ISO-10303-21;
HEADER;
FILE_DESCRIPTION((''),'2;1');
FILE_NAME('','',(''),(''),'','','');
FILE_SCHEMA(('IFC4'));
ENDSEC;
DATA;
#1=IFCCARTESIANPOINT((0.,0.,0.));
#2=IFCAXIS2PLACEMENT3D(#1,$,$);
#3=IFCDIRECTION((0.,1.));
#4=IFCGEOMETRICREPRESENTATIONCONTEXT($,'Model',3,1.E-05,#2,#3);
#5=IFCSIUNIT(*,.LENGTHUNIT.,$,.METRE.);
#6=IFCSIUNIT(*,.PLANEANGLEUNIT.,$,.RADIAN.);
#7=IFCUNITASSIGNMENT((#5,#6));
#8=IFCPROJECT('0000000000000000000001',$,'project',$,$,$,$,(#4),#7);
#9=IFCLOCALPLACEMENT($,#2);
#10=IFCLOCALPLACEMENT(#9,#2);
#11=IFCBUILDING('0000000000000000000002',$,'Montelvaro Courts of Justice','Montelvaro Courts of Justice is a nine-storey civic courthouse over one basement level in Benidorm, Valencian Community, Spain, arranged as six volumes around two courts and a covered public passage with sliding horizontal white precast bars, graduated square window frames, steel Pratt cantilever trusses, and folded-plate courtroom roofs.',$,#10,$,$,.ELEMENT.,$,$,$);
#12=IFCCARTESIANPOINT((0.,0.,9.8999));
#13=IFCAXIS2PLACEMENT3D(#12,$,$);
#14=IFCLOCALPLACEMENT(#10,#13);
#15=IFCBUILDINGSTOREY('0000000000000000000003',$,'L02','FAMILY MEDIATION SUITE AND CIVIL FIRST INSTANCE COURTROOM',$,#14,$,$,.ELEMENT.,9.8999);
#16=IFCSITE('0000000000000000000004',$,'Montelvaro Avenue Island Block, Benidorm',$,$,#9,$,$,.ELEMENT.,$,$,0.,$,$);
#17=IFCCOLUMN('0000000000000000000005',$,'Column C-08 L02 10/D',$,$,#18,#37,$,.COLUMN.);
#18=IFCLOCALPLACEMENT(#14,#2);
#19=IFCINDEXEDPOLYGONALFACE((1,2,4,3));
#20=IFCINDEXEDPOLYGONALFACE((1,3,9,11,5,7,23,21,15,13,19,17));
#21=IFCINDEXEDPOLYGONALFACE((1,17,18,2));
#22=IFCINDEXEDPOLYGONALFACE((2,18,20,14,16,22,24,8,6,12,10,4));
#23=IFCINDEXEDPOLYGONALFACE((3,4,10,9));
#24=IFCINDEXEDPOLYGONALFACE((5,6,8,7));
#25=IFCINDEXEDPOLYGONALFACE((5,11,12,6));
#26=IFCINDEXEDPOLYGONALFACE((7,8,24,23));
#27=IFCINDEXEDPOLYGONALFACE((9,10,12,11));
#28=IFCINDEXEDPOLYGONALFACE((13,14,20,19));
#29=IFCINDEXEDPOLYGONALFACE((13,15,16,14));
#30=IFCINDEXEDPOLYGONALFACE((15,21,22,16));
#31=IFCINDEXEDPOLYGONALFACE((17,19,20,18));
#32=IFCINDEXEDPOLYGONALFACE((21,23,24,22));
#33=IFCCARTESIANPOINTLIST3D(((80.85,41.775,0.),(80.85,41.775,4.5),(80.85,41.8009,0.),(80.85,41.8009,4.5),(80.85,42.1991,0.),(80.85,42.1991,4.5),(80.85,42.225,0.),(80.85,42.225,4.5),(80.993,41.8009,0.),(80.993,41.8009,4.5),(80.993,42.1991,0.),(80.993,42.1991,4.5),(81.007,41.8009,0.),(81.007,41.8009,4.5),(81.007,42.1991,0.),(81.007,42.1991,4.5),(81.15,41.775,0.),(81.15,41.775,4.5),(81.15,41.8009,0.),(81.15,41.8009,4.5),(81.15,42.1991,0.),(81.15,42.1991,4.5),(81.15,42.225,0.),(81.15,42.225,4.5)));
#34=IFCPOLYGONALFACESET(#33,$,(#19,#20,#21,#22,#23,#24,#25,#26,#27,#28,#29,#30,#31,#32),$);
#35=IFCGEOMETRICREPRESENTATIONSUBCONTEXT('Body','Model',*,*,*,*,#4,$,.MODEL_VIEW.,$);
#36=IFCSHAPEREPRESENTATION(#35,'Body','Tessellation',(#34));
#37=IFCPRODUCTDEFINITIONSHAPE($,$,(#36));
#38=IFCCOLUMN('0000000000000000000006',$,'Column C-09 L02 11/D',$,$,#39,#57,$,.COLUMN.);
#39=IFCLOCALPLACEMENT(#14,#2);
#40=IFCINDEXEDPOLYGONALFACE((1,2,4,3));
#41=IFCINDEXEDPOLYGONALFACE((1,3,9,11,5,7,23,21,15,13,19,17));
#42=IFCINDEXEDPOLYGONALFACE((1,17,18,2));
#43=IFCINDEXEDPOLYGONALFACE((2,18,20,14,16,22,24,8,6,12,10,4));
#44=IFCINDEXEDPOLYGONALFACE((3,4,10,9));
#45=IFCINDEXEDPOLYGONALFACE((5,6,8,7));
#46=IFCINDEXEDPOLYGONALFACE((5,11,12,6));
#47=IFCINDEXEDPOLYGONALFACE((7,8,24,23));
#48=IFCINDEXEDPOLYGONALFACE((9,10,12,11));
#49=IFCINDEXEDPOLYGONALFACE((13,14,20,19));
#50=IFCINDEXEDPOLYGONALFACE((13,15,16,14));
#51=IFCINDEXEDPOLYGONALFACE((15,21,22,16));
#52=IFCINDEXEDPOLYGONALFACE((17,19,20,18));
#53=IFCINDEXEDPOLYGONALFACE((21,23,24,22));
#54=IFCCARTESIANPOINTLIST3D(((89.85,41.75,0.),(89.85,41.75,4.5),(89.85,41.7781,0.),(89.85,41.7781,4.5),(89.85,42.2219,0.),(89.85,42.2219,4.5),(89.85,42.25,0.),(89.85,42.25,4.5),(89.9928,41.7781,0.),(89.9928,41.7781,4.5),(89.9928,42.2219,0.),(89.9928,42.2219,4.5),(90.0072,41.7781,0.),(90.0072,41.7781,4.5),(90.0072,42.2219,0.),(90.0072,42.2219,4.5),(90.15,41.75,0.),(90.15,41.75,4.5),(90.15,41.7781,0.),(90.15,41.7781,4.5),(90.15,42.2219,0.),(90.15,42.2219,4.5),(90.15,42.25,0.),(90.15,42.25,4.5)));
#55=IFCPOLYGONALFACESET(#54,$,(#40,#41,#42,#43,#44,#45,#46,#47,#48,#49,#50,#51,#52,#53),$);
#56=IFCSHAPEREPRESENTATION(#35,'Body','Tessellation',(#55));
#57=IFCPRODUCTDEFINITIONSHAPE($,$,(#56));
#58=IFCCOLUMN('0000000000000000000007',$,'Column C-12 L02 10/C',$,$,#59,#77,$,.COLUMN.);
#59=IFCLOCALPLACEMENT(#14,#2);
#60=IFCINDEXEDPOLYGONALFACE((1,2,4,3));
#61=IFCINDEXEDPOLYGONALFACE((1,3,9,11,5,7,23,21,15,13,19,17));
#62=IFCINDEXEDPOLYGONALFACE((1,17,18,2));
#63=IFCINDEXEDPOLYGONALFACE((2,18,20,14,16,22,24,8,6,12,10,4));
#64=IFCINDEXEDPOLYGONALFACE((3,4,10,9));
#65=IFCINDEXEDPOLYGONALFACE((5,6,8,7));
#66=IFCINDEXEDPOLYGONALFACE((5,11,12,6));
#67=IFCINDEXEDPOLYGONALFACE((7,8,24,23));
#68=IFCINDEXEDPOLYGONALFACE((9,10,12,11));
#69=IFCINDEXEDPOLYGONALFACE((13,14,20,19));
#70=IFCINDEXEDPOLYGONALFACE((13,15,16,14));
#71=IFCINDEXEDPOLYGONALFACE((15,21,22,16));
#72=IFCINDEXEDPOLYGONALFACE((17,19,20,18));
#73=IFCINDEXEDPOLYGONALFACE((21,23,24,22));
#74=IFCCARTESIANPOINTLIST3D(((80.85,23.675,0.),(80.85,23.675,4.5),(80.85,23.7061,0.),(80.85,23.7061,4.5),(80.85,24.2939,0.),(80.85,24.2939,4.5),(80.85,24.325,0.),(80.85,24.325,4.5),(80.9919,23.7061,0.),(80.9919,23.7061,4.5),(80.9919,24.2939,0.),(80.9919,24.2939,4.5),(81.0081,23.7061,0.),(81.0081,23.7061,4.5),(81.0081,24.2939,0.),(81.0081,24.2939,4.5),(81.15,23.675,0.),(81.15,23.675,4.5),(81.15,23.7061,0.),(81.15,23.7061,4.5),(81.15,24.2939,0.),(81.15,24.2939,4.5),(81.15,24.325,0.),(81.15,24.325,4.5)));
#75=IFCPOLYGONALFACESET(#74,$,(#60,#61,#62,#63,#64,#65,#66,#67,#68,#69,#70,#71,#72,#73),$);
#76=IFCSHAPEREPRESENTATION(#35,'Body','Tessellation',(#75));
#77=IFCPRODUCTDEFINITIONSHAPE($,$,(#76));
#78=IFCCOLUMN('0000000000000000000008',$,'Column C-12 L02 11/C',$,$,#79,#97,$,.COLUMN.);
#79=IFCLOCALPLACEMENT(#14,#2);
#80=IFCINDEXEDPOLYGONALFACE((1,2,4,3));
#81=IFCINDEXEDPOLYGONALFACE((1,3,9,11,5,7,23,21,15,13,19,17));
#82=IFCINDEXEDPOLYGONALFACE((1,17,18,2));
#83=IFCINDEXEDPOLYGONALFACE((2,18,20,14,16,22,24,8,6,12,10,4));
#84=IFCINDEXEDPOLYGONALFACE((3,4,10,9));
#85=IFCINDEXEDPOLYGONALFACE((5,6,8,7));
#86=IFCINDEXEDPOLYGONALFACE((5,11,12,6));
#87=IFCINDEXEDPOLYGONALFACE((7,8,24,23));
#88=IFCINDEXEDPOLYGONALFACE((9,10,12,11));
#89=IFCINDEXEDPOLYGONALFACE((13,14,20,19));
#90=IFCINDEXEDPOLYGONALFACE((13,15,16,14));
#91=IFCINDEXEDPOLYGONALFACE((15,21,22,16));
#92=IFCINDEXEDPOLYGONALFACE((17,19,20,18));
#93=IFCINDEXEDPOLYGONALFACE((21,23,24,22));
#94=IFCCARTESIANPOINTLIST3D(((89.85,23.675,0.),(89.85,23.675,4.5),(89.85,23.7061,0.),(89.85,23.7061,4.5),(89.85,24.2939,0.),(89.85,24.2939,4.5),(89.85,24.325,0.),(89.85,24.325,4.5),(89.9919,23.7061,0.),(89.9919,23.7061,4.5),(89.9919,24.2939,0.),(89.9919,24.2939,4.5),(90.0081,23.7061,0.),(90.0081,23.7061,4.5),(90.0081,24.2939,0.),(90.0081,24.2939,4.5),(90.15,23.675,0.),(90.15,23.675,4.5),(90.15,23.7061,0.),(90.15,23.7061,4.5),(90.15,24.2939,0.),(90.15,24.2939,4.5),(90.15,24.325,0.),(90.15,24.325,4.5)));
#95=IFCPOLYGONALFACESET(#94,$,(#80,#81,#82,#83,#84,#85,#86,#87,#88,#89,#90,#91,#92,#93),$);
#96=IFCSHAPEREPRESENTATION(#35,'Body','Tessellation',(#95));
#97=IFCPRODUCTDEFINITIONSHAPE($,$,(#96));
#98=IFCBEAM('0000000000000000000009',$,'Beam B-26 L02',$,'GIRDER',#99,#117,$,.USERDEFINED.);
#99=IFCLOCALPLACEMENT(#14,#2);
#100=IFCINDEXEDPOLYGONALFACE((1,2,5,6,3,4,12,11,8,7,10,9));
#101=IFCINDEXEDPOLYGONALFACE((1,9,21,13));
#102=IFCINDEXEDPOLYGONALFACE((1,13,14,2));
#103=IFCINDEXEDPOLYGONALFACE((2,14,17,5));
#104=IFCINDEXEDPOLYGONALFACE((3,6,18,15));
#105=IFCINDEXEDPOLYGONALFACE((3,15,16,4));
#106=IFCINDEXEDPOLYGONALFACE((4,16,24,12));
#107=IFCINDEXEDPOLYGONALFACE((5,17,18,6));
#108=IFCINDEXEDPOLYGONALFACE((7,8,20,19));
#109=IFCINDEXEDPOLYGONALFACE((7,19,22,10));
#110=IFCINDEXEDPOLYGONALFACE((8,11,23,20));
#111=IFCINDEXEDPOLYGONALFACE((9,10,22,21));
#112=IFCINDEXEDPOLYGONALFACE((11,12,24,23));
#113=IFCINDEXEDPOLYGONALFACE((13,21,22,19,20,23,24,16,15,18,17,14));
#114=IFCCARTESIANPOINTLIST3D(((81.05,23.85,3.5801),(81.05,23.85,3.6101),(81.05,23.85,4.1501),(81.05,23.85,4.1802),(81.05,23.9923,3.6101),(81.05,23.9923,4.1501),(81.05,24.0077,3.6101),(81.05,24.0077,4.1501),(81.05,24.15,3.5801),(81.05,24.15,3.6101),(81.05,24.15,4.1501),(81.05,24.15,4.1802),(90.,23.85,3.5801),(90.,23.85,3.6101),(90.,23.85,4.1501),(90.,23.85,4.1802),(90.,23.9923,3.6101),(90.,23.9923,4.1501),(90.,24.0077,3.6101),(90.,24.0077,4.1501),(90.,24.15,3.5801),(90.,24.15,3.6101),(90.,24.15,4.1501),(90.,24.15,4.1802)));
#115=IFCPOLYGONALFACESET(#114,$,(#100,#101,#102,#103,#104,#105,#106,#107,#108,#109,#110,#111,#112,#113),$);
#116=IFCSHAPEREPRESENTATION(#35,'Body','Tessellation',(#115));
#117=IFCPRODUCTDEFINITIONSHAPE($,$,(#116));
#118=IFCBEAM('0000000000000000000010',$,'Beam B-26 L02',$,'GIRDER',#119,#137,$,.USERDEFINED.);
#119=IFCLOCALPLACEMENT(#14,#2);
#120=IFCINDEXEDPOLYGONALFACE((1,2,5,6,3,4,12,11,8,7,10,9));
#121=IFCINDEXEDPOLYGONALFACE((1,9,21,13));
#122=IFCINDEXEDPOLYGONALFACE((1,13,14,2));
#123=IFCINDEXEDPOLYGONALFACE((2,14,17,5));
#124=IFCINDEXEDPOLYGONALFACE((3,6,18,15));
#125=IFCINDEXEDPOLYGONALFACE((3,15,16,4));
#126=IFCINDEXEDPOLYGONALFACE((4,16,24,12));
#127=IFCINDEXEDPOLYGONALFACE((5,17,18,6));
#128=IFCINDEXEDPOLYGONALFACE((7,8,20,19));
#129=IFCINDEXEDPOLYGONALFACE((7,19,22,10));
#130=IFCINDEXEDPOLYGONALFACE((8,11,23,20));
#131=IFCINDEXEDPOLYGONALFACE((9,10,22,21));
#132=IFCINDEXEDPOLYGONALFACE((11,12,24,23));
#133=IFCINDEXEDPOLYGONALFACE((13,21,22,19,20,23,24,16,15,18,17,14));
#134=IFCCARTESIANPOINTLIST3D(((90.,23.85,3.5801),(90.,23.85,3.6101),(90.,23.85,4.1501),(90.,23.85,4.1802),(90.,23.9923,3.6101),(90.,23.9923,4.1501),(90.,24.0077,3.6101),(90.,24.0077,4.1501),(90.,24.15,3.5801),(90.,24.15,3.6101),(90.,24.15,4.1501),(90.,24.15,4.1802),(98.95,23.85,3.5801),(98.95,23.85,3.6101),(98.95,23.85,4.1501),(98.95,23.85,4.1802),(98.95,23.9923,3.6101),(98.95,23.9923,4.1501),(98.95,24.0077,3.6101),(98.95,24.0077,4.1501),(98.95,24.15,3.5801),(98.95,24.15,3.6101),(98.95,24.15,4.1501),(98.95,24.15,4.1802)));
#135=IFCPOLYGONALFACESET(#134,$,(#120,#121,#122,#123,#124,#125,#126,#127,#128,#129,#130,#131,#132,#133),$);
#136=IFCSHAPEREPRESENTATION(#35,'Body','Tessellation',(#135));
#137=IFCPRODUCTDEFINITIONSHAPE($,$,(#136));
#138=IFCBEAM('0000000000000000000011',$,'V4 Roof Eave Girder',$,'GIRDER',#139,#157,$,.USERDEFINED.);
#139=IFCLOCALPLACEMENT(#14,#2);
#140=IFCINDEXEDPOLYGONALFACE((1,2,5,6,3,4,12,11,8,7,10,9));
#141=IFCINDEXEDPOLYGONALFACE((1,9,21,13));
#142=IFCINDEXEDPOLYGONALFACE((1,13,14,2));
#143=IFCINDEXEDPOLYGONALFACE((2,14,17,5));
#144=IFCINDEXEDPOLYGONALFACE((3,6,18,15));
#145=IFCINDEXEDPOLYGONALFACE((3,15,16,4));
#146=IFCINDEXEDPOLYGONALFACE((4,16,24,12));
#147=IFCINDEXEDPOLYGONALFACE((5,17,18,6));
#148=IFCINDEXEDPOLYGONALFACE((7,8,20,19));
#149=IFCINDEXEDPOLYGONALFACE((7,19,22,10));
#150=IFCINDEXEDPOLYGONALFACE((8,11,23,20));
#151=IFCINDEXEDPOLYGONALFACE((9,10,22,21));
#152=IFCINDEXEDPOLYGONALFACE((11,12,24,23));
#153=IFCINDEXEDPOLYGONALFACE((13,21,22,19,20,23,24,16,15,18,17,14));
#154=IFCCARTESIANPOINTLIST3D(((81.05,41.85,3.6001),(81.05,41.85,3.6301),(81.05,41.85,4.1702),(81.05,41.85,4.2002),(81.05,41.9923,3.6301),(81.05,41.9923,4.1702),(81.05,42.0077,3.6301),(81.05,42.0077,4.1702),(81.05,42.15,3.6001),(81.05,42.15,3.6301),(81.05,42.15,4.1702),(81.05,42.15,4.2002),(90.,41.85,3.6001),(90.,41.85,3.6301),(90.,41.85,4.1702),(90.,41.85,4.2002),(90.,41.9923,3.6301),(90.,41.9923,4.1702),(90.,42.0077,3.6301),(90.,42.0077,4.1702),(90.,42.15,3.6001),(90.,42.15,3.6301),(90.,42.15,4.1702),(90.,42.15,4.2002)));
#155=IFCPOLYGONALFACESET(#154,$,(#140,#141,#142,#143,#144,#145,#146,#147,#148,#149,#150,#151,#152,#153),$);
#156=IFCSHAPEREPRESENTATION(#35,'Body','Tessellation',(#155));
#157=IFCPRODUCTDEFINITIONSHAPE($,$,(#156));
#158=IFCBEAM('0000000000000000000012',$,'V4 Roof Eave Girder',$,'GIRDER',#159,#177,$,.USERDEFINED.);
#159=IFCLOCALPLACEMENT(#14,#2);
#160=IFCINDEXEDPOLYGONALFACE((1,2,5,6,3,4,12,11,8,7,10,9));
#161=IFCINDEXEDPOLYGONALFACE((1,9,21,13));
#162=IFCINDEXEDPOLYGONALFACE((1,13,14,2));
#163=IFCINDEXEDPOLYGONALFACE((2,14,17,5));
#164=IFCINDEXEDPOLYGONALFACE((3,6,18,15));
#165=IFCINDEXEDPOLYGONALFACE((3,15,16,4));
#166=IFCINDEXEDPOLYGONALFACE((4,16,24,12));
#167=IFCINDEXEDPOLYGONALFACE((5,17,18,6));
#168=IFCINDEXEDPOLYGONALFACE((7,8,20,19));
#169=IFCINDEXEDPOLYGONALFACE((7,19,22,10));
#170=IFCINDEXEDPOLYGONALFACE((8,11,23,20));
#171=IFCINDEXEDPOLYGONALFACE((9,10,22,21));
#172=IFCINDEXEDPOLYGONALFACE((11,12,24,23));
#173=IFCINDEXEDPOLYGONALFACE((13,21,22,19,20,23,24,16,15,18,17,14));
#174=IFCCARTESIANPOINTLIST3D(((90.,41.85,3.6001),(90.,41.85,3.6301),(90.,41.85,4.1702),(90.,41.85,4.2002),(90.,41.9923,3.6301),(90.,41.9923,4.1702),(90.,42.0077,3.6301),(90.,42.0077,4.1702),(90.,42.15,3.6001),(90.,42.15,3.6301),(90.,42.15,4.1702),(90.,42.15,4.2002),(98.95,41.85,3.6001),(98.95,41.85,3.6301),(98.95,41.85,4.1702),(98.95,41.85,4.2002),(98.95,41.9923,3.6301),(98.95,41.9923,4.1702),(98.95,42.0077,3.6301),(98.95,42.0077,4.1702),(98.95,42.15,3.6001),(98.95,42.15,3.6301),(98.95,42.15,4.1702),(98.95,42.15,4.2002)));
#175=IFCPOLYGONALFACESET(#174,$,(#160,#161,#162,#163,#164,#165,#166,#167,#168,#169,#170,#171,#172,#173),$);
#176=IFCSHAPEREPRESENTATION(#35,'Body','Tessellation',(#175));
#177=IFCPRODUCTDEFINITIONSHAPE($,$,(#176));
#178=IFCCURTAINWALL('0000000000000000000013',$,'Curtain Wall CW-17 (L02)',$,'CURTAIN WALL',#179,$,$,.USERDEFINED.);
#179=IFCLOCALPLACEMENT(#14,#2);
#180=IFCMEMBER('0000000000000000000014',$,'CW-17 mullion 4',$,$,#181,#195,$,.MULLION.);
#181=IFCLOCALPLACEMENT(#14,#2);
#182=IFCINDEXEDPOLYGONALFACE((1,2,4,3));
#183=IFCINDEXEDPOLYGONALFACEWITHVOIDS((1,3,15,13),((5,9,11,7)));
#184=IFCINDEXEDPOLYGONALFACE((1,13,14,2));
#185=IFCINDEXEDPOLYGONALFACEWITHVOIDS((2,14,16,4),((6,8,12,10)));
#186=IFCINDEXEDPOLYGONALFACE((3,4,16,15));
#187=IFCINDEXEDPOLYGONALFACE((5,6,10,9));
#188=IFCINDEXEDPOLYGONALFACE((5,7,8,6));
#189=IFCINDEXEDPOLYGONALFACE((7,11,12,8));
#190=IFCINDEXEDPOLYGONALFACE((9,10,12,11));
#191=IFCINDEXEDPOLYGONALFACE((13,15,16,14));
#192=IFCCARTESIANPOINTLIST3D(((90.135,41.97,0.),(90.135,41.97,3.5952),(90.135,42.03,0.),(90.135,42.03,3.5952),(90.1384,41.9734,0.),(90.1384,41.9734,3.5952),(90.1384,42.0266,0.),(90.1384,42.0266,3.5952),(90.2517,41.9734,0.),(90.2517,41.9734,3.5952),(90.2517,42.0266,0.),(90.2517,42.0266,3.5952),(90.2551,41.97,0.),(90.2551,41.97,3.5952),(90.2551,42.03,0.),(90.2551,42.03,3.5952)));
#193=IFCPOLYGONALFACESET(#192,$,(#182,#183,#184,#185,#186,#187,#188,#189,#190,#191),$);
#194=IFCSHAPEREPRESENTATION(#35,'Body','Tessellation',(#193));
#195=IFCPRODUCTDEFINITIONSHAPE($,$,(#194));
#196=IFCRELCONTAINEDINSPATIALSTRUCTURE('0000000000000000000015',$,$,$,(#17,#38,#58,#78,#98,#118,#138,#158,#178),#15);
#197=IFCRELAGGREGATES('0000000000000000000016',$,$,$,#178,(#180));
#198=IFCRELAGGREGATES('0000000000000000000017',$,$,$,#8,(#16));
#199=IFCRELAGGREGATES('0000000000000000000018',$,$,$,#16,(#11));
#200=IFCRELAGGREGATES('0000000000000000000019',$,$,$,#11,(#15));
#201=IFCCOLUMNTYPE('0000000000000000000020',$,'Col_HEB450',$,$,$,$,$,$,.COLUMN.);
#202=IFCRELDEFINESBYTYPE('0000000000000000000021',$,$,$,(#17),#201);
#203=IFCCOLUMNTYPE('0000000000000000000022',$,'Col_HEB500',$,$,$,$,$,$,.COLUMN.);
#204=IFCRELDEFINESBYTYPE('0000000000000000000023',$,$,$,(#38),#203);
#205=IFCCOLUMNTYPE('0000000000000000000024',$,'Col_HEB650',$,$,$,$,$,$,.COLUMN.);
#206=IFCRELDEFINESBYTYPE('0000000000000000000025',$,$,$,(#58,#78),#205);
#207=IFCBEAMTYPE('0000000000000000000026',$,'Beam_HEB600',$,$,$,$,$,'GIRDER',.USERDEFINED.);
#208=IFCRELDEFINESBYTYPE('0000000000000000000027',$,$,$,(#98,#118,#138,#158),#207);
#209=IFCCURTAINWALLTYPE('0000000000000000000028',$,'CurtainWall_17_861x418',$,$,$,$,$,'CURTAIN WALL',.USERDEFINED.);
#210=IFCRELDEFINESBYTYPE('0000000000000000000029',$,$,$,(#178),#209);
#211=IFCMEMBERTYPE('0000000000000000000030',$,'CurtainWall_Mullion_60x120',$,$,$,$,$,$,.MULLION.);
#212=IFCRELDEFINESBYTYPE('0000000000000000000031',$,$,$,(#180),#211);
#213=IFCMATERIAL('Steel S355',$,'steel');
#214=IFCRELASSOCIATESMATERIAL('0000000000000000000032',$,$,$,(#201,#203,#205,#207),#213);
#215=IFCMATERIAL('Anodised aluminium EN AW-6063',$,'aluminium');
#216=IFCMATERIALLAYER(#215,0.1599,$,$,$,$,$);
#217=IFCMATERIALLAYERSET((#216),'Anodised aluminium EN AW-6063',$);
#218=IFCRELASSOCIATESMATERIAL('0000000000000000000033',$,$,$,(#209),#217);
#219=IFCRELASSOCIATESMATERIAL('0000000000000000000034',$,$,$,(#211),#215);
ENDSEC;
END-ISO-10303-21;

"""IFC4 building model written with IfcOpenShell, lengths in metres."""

from ifc_helpers import new_model, si_unit, direction, frame, origin, origin_2d, place, context, subcontext, project, spatial, hollow_rectangle, i_section, extrude, material, layer, layer_set, material_profile, profile_set, type_object, element, aggregate, save


model = new_model("IFC4")

# Units and contexts
model_context = context("Model", 3, precision=1e-05, world=origin(), true_north=direction((0.0, 1.0)))
body_context = subcontext(model_context, "Body", "Model", "MODEL_VIEW")
ifc_project = project(units=[si_unit("LENGTHUNIT", "METRE"), si_unit("PLANEANGLEUNIT", "RADIAN")], contexts=[model_context])

# Site, building, storey
site_placement = place(None, origin())
site = spatial("IfcSite", under=ifc_project, at=site_placement, Name="Montelvaro Avenue Island Block, Benidorm", CompositionType="ELEMENT", RefElevation=0.0)
building_placement = place(site_placement, origin())
building = spatial("IfcBuilding", under=site, at=building_placement, Name="Montelvaro Courts of Justice", Description="Montelvaro Courts of Justice is a nine-storey civic courthouse over one basement level in Benidorm, Valencian Community, Spain, arranged as six volumes around two courts and a covered public passage with sliding horizontal white precast bars, graduated square window frames, steel Pratt cantilever trusses, and folded-plate courtroom roofs.", CompositionType="ELEMENT")
storey_placement = place(building_placement, frame((0.0, 0.0, 9.8999)))
storey = spatial("IfcBuildingStorey", under=building, at=storey_placement, Name="L02", Description="FAMILY MEDIATION SUITE AND CIVIL FIRST INSTANCE COURTROOM", CompositionType="ELEMENT", Elevation=9.8999)

# Columns
ifc_material_1 = material(Name="Steel S355", Category="steel")
ifc_material_profile_1 = material_profile(ifc_material_1, i_section(OverallWidth=0.3, OverallDepth=0.45, WebThickness=0.0139, FlangeThickness=0.0259, at=origin_2d()), Name="HEB 450")
ifc_profile_set_1 = profile_set([ifc_material_profile_1], Name="Steel S355")
column_type_1 = type_object("IfcColumnType", Name="Col_HEB450", PredefinedType="COLUMN", material=ifc_profile_set_1)
column_1_placement = place(storey_placement, frame((81.0, 42.0, 0.0), z_axis=(0.0, 0.0, 1.0), x_axis=(1.0, 0.0, 0.0)))
element("IfcColumn", 1, at=column_1_placement, inside=storey, type_object=column_type_1, Name="Column C-08 L02 10/D", PredefinedType="COLUMN", context=body_context, shape_type="SweptSolid", body=[
    extrude(i_section(OverallWidth=0.3, OverallDepth=0.45, WebThickness=0.0139, FlangeThickness=0.0259, at=origin_2d()), origin(), (0.0, 0.0, 1.0), 4.5),
])
ifc_material_profile_2 = material_profile(ifc_material_1, i_section(OverallWidth=0.3, OverallDepth=0.5, WebThickness=0.0144, FlangeThickness=0.0281, at=origin_2d()), Name="HEB 500")
ifc_profile_set_2 = profile_set([ifc_material_profile_2], Name="Steel S355")
column_type_2 = type_object("IfcColumnType", Name="Col_HEB500", PredefinedType="COLUMN", material=ifc_profile_set_2)
column_2_placement = place(storey_placement, frame((90.0, 42.0, 0.0), z_axis=(0.0, 0.0, 1.0), x_axis=(1.0, 0.0, 0.0)))
element("IfcColumn", 2, at=column_2_placement, inside=storey, type_object=column_type_2, Name="Column C-09 L02 11/D", PredefinedType="COLUMN", context=body_context, shape_type="SweptSolid", body=[
    extrude(i_section(OverallWidth=0.3, OverallDepth=0.5, WebThickness=0.0144, FlangeThickness=0.0281, at=origin_2d()), origin(), (0.0, 0.0, 1.0), 4.5),
])
ifc_material_profile_3 = material_profile(ifc_material_1, i_section(OverallWidth=0.3, OverallDepth=0.6499, WebThickness=0.0161, FlangeThickness=0.031, at=origin_2d()), Name="HEB 650")
ifc_profile_set_3 = profile_set([ifc_material_profile_3], Name="Steel S355")
column_type_3 = type_object("IfcColumnType", Name="Col_HEB650", PredefinedType="COLUMN", material=ifc_profile_set_3)
for number, where, z_axis, x_axis, name in (
    (3, (81.0, 24.0, 0.0), (0.0, 0.0, 1.0), (1.0, 0.0, 0.0), "Column C-12 L02 10/C"),
    (4, (90.0, 24.0, 0.0), (0.0, 0.0, 1.0), (1.0, 0.0, 0.0), "Column C-12 L02 11/C"),
):
    element("IfcColumn", number, at=place(storey_placement, frame(where, z_axis=z_axis, x_axis=x_axis)), inside=storey, type_object=column_type_3, Name=name, PredefinedType="COLUMN", context=body_context, shape_type="SweptSolid", body=[
        extrude(i_section(OverallWidth=0.3, OverallDepth=0.6499, WebThickness=0.0161, FlangeThickness=0.031, at=origin_2d()), origin(), (0.0, 0.0, 1.0), 4.5),
    ])

# Beams
ifc_material_profile_4 = material_profile(ifc_material_1, i_section(OverallWidth=0.3, OverallDepth=0.6001, WebThickness=0.0154, FlangeThickness=0.03, at=origin_2d()), Name="HEB 600")
ifc_profile_set_4 = profile_set([ifc_material_profile_4], Name="Steel S355")
beam_type = type_object("IfcBeamType", Name="Beam_HEB600", ElementType="GIRDER", PredefinedType="USERDEFINED", material=ifc_profile_set_4)
for number, where, z_axis, x_axis, name in (
    (5, (81.05, 24.0, 3.8801), (1.0, 0.0, 0.0), (0.0, 1.0, 0.0), "Beam B-26 L02"),
    (6, (90.0, 24.0, 3.8801), (1.0, 0.0, 0.0), (0.0, 1.0, 0.0), "Beam B-26 L02"),
    (7, (81.05, 42.0, 3.9001), (1.0, 0.0, 0.0), (0.0, 1.0, 0.0), "V4 Roof Eave Girder"),
    (8, (90.0, 42.0, 3.9001), (1.0, 0.0, 0.0), (0.0, 1.0, 0.0), "V4 Roof Eave Girder"),
):
    element("IfcBeam", number, at=place(storey_placement, frame(where, z_axis=z_axis, x_axis=x_axis)), inside=storey, type_object=beam_type, Name=name, ObjectType="GIRDER", PredefinedType="USERDEFINED", context=body_context, shape_type="SweptSolid", body=[
        extrude(i_section(OverallWidth=0.3, OverallDepth=0.6001, WebThickness=0.0154, FlangeThickness=0.03, at=origin_2d()), origin(), (0.0, 0.0, 1.0), 8.95),
    ])

# Curtain wall, member
ifc_material_2 = material(Name="Anodised aluminium EN AW-6063", Category="aluminium")
ifc_layer_1 = layer(ifc_material_2, 0.1599)
ifc_layer_set_1 = layer_set([ifc_layer_1], Name="Anodised aluminium EN AW-6063")
curtain_wall_type = type_object("IfcCurtainWallType", Name="CurtainWall_17_861x418", ElementType="CURTAIN WALL", PredefinedType="USERDEFINED", material=ifc_layer_set_1)
curtain_wall_1_placement = place(storey_placement, origin())
curtain_wall_1 = element("IfcCurtainWall", 9, at=curtain_wall_1_placement, inside=storey, type_object=curtain_wall_type, Name="Curtain Wall CW-17 (L02)", ObjectType="CURTAIN WALL", PredefinedType="USERDEFINED")
ifc_material_profile_5 = material_profile(ifc_material_2, hollow_rectangle(XDim=0.0601, YDim=0.1201, WallThickness=0.0034, at=origin_2d()), Name="ALU-M 60x120")
ifc_profile_set_5 = profile_set([ifc_material_profile_5], Name="Anodised aluminium EN AW-6063")
member_type_1 = type_object("IfcMemberType", Name="CurtainWall_Mullion_60x120", PredefinedType="MULLION", material=ifc_profile_set_5)
member_1_placement = place(storey_placement, frame((90.1951, 42.0, 0.0), z_axis=(0.0, 0.0, 1.0), x_axis=(0.0, -1.0, 0.0)))
member_1 = element("IfcMember", 10, at=member_1_placement, type_object=member_type_1, Name="CW-17 mullion 4", PredefinedType="MULLION", context=body_context, shape_type="SweptSolid", body=[
    extrude(hollow_rectangle(XDim=0.0601, YDim=0.1201, WallThickness=0.0034, at=origin_2d()), origin(), (0.0, 0.0, 1.0), 3.5952),
])

aggregate(curtain_wall_1, [member_1])

save(model, "model.ifc")
